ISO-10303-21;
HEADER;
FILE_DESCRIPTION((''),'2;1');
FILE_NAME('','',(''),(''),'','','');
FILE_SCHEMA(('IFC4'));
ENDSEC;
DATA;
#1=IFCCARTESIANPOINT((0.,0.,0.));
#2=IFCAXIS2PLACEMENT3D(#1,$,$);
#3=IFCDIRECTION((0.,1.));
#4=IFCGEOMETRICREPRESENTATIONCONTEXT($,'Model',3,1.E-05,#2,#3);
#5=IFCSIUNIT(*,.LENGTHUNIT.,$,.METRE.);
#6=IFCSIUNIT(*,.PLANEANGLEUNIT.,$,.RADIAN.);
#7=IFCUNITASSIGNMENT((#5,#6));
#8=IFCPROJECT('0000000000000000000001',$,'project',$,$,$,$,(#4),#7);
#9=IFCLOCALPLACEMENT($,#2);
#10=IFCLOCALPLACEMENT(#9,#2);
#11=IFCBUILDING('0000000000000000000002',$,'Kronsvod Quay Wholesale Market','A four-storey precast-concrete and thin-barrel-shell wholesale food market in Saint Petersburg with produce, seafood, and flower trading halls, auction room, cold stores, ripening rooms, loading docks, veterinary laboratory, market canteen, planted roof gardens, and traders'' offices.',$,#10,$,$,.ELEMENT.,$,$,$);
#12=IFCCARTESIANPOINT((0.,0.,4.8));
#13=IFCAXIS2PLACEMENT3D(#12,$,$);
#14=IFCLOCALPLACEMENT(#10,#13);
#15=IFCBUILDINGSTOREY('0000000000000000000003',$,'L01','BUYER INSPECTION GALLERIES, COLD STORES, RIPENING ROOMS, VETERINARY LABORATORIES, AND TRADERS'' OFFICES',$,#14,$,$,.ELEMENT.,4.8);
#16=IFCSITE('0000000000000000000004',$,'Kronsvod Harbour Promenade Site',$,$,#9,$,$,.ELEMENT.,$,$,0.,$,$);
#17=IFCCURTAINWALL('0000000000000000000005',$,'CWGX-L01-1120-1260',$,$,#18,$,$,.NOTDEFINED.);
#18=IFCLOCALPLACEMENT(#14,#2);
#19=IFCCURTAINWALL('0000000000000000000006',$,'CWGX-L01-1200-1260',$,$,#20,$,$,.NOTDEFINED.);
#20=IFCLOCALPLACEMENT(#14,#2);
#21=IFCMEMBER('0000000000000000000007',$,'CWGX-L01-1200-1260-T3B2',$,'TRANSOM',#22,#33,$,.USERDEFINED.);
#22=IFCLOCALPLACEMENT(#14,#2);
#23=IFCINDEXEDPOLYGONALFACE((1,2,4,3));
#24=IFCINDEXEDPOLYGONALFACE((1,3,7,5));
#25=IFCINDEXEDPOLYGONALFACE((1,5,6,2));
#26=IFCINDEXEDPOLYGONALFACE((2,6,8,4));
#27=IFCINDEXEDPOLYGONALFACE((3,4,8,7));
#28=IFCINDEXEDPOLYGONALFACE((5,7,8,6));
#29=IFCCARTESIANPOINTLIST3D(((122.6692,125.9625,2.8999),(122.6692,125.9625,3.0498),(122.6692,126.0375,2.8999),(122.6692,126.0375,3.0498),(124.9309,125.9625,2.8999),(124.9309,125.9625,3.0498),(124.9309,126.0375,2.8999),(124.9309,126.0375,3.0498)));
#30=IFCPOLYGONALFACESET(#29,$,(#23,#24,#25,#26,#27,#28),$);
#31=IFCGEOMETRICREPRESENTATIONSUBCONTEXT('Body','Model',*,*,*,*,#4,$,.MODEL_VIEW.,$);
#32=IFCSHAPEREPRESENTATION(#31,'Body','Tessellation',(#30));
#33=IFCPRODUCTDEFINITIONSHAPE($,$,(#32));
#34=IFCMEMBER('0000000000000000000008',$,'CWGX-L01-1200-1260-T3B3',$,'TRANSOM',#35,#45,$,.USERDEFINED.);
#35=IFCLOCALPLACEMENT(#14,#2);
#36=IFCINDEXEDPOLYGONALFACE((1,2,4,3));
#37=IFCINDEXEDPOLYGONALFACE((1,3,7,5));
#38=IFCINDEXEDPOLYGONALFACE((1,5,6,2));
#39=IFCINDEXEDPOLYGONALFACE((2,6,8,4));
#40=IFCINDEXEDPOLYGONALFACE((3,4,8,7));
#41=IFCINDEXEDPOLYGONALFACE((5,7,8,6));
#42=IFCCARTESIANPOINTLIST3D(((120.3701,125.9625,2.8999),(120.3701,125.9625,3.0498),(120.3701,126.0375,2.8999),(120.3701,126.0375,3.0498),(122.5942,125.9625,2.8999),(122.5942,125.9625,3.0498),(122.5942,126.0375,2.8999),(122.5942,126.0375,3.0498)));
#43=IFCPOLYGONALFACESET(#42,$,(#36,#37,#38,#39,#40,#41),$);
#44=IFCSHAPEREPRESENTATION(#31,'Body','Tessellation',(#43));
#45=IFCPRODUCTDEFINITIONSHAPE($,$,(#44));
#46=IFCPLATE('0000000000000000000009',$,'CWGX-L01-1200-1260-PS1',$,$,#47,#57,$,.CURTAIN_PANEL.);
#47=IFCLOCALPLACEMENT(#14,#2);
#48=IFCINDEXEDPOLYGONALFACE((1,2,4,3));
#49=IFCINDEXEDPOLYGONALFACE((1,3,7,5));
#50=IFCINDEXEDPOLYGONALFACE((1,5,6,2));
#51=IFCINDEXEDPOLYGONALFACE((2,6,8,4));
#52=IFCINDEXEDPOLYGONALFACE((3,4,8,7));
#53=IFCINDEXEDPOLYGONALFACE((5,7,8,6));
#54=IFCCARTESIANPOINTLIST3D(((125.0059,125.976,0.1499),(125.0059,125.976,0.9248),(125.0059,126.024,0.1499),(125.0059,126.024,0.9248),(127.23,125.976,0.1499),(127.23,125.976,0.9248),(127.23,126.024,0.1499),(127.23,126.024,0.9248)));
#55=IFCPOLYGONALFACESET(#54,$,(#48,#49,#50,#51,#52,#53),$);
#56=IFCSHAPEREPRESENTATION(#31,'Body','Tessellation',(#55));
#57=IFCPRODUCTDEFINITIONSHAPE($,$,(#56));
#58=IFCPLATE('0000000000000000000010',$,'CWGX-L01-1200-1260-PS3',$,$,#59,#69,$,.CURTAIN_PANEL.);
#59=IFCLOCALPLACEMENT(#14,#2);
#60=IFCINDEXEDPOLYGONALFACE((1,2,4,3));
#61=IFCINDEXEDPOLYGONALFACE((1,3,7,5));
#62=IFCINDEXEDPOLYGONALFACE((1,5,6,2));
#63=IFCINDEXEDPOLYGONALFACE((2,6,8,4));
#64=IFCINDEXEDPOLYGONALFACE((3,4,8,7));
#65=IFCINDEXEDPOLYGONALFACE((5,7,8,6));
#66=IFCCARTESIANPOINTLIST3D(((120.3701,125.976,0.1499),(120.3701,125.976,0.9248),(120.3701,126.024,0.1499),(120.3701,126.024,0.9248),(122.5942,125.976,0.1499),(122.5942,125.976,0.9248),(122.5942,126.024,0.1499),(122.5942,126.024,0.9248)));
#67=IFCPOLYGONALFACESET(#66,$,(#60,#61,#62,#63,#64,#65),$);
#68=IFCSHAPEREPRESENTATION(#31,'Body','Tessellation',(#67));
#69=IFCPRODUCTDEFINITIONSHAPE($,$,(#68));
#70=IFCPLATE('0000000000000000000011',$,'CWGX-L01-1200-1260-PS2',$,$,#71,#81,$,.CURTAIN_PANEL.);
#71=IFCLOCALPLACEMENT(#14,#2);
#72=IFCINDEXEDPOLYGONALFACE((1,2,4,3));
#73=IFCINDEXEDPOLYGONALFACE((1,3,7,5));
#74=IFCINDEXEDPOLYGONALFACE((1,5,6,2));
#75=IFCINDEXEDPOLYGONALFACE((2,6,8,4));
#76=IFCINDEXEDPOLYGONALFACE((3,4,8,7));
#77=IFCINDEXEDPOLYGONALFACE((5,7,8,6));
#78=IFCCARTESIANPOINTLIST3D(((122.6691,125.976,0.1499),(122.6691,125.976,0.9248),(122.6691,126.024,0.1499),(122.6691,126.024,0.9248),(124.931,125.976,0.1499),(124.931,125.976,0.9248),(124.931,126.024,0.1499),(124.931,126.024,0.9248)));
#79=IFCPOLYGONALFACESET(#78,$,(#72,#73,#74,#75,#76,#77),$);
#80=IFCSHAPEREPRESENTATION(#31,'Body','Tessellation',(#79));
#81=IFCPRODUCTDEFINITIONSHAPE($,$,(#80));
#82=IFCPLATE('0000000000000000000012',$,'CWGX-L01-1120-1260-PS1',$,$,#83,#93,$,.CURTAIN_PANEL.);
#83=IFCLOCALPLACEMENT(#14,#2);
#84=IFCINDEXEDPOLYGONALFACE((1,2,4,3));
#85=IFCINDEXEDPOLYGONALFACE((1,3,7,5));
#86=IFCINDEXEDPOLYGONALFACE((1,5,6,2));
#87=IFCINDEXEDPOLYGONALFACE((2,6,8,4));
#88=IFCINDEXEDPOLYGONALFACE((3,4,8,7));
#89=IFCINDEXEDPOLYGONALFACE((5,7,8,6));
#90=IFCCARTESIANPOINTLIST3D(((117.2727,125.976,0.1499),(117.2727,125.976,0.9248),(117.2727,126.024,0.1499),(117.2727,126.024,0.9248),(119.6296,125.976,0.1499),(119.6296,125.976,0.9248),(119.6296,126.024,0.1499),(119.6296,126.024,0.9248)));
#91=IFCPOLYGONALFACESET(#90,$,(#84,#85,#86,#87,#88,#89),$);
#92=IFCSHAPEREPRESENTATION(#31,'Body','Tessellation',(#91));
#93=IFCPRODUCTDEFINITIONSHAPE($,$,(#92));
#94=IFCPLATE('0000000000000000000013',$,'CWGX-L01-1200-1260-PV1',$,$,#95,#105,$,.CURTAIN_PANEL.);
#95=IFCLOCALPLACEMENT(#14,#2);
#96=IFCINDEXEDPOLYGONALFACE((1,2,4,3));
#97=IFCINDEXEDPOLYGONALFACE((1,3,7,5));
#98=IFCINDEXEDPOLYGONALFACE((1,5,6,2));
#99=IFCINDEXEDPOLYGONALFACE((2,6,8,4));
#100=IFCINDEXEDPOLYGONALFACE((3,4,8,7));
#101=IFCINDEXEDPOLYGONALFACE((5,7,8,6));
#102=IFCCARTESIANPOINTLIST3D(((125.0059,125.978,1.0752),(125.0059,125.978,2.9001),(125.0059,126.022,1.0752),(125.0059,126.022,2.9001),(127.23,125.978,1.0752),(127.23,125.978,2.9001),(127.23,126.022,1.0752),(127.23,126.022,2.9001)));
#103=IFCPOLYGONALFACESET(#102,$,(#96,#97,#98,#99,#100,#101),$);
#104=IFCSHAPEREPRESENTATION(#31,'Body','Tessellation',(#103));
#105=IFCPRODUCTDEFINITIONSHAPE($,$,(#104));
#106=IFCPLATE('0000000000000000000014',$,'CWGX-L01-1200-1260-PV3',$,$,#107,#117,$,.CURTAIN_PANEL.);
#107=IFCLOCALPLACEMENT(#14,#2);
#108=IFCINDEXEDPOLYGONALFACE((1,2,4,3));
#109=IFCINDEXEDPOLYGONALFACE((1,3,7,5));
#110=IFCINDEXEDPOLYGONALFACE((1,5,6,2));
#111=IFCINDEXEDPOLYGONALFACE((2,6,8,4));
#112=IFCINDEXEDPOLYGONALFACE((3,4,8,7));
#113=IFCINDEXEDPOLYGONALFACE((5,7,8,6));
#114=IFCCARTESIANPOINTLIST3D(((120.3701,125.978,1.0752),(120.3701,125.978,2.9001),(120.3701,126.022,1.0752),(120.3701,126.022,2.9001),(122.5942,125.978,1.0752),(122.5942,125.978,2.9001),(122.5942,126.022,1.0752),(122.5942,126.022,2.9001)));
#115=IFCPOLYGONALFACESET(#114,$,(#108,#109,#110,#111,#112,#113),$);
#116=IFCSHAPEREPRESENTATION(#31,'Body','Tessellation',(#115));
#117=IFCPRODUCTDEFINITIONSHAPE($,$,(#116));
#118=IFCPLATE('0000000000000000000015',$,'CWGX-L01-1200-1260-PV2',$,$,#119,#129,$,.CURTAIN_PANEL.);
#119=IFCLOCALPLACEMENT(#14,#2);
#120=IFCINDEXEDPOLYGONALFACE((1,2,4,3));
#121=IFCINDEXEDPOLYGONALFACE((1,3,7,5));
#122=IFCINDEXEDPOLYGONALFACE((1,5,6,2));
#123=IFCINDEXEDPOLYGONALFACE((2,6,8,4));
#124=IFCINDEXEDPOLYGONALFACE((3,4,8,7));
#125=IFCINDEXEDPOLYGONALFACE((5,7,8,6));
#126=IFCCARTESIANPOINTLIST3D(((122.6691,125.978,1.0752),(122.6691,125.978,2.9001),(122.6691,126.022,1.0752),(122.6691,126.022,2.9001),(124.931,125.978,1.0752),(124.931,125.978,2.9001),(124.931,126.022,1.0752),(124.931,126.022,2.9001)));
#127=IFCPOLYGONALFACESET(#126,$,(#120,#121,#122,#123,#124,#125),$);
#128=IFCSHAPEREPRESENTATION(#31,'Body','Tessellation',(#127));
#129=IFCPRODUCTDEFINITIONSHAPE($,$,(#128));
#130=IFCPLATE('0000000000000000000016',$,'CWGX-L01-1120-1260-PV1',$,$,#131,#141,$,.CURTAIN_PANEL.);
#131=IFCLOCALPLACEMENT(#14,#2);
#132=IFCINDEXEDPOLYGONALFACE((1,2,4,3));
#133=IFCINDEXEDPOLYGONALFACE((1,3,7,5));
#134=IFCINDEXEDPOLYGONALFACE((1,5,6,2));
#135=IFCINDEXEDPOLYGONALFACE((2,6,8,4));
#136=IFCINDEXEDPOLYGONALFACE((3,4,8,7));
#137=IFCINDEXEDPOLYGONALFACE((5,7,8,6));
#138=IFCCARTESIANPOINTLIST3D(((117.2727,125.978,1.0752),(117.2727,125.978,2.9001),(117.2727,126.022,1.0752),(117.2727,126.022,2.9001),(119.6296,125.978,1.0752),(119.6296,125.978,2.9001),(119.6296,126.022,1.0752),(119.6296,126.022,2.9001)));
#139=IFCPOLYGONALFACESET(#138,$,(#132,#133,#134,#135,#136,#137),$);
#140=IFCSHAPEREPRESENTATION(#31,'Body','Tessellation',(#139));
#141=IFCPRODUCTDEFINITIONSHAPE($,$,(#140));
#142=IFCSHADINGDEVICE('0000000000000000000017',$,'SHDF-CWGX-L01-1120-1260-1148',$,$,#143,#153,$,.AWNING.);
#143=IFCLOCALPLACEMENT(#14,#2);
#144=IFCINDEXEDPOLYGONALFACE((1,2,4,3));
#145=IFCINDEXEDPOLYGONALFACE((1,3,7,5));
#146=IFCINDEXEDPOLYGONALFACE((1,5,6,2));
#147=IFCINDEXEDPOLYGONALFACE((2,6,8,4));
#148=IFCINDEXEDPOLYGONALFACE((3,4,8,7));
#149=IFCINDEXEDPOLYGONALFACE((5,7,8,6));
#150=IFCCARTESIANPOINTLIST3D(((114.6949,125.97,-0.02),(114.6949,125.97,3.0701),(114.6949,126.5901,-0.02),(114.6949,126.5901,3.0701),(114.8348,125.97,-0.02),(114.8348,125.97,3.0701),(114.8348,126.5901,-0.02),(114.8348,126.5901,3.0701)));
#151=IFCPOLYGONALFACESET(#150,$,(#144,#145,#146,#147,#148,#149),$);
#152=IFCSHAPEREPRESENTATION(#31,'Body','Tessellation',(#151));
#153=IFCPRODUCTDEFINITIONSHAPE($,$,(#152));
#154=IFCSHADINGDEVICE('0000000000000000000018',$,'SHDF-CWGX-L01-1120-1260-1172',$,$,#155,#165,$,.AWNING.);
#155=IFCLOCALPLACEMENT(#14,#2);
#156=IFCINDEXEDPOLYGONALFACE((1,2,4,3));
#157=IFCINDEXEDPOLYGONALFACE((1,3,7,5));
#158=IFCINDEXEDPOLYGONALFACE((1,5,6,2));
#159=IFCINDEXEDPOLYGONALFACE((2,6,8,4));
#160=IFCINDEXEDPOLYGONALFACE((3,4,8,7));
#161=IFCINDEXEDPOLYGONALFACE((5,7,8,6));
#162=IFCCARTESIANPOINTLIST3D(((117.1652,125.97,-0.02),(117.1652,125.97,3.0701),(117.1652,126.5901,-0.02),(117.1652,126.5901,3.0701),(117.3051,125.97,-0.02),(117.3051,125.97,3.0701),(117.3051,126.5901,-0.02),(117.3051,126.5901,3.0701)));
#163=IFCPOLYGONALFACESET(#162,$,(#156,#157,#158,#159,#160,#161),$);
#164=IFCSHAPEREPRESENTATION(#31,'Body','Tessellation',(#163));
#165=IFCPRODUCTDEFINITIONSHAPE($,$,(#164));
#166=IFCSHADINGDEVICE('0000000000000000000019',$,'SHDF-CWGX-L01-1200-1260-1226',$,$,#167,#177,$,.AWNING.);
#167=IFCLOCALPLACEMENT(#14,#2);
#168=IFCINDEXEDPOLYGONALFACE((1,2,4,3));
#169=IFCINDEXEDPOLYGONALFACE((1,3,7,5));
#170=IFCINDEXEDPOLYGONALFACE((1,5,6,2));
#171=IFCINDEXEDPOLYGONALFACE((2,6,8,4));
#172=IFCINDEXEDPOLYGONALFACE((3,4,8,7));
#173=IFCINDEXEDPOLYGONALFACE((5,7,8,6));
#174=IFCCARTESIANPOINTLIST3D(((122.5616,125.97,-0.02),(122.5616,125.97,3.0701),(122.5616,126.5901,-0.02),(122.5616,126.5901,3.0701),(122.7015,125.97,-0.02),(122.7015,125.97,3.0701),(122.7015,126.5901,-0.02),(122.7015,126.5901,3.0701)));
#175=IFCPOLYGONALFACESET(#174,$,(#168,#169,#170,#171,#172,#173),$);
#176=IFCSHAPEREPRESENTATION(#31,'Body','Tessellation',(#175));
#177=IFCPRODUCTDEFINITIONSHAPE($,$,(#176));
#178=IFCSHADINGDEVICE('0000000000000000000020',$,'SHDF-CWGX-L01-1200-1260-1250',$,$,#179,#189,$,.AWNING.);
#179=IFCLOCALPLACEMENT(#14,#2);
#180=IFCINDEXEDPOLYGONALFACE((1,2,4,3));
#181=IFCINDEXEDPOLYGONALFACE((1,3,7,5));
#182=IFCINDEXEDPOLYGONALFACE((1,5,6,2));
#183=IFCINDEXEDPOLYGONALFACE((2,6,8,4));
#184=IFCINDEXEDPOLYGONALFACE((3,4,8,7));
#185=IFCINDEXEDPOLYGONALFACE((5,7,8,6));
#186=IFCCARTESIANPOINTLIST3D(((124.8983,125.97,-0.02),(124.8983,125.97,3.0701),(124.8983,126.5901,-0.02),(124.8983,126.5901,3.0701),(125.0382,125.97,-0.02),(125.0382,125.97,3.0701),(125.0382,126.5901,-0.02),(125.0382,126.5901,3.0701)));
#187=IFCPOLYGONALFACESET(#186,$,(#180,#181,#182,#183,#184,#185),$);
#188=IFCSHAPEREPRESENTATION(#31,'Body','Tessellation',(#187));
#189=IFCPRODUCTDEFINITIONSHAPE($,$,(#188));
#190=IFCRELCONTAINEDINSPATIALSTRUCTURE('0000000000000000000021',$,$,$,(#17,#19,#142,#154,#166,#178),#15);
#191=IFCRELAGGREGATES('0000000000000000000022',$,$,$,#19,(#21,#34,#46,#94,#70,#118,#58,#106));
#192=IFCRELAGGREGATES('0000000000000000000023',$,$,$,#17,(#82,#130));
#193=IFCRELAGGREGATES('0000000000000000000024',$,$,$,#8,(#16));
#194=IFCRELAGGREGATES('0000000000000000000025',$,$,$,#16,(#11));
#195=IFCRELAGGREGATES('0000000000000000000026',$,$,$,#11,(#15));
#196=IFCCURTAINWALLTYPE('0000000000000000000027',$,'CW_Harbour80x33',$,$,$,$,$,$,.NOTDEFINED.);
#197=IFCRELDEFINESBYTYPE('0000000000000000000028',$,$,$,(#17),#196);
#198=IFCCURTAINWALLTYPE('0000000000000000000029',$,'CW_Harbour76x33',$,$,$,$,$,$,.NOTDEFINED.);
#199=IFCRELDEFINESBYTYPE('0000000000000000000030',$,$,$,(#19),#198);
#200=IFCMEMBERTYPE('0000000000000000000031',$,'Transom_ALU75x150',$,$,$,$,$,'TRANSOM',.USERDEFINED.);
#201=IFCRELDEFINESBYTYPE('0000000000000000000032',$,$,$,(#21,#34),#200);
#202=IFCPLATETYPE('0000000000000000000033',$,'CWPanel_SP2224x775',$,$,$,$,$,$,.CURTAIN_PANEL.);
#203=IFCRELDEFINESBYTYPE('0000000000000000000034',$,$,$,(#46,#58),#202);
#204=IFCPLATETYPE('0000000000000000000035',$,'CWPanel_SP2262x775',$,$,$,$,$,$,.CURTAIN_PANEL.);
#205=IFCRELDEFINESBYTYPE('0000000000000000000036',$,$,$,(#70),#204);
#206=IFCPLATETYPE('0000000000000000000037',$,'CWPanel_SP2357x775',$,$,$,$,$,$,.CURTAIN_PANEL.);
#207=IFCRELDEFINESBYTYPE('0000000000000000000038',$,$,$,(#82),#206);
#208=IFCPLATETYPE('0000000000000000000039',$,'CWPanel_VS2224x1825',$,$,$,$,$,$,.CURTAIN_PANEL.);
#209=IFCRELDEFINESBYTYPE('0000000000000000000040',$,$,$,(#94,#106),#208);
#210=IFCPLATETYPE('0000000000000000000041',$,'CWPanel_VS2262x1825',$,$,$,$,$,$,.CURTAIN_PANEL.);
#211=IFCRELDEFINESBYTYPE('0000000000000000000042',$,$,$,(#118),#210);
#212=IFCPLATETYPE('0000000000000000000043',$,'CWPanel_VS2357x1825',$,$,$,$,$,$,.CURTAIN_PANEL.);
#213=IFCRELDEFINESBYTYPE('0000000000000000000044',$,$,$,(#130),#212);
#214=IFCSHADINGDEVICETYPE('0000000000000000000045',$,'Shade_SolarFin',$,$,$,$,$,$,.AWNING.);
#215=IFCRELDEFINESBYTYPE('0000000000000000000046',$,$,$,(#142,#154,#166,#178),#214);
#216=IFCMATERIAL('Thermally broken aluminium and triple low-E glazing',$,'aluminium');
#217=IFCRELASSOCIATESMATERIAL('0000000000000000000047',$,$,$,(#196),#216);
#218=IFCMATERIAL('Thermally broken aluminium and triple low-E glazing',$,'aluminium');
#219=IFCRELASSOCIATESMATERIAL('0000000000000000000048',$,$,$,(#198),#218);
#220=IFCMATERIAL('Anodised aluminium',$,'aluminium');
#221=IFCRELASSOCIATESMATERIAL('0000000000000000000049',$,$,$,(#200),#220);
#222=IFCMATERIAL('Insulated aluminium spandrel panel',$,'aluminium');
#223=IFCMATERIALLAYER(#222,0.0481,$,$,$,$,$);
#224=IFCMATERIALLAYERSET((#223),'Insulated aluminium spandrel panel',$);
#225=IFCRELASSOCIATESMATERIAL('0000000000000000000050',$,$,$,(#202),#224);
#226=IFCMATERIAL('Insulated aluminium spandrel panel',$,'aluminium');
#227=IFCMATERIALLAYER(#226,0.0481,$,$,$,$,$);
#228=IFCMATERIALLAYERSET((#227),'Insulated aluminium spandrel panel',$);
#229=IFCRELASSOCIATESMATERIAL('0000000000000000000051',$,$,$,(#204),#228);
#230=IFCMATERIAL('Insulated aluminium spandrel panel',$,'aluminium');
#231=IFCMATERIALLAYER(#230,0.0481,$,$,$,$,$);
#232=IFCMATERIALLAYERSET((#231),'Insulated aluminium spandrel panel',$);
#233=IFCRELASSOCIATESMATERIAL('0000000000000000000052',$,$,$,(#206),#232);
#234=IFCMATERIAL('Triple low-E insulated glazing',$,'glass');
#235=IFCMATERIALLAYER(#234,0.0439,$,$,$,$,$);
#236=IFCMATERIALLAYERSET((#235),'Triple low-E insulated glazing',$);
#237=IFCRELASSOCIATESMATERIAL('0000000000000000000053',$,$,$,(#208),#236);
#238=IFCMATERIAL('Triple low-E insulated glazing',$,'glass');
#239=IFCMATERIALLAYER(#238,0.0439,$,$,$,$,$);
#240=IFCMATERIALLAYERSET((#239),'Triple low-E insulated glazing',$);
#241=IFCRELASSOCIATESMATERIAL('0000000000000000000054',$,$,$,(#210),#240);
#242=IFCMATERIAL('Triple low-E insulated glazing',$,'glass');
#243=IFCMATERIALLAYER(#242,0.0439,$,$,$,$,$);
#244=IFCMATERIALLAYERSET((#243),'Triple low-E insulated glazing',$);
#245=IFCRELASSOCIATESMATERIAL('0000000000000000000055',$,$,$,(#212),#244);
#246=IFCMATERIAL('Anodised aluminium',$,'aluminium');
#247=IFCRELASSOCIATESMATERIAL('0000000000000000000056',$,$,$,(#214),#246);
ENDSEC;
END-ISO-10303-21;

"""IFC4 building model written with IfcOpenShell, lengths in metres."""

from ifc_helpers import new_model, si_unit, direction, frame, origin, origin_2d, place, context, subcontext, project, spatial, rectangle, extrude, material, layer, layer_set, material_profile, profile_set, type_object, element, aggregate, save


model = new_model("IFC4")

# Units and contexts
model_context = context("Model", 3, precision=1e-05, world=origin(), true_north=direction((0.0, 1.0)))
body_context = subcontext(model_context, "Body", "Model", "MODEL_VIEW")
ifc_project = project(units=[si_unit("LENGTHUNIT", "METRE"), si_unit("PLANEANGLEUNIT", "RADIAN")], contexts=[model_context])

# Site, building, storey
site_placement = place(None, origin())
site = spatial("IfcSite", under=ifc_project, at=site_placement, Name="Kronsvod Harbour Promenade Site", CompositionType="ELEMENT", RefElevation=0.0)
building_placement = place(site_placement, origin())
building = spatial("IfcBuilding", under=site, at=building_placement, Name="Kronsvod Quay Wholesale Market", Description="A four-storey precast-concrete and thin-barrel-shell wholesale food market in Saint Petersburg with produce, seafood, and flower trading halls, auction room, cold stores, ripening rooms, loading docks, veterinary laboratory, market canteen, planted roof gardens, and traders' offices.", CompositionType="ELEMENT")
storey_placement = place(building_placement, frame((0.0, 0.0, 4.8)))
storey = spatial("IfcBuildingStorey", under=building, at=storey_placement, Name="L01", Description="BUYER INSPECTION GALLERIES, COLD STORES, RIPENING ROOMS, VETERINARY LABORATORIES, AND TRADERS' OFFICES", CompositionType="ELEMENT", Elevation=4.8)

# Curtain walls
ifc_material_1 = material(Name="Thermally broken aluminium and triple low-E glazing", Category="aluminium")
curtain_wall_type_1 = type_object("IfcCurtainWallType", Name="CW_Harbour80x33", PredefinedType="NOTDEFINED", material=ifc_material_1)
curtain_wall_1_placement = place(storey_placement, origin())
curtain_wall_1 = element("IfcCurtainWall", 1, at=curtain_wall_1_placement, inside=storey, type_object=curtain_wall_type_1, Name="CWGX-L01-1120-1260", PredefinedType="NOTDEFINED")
ifc_material_2 = material(Name="Thermally broken aluminium and triple low-E glazing", Category="aluminium")
curtain_wall_type_2 = type_object("IfcCurtainWallType", Name="CW_Harbour76x33", PredefinedType="NOTDEFINED", material=ifc_material_2)
curtain_wall_2_placement = place(storey_placement, origin())
curtain_wall_2 = element("IfcCurtainWall", 2, at=curtain_wall_2_placement, inside=storey, type_object=curtain_wall_type_2, Name="CWGX-L01-1200-1260", PredefinedType="NOTDEFINED")

# Members
ifc_material_3 = material(Name="Anodised aluminium", Category="aluminium")
ifc_material_profile_1 = material_profile(ifc_material_3, rectangle(XDim=0.075, YDim=0.1499, at=origin_2d()), Name="ALUT75x150")
ifc_profile_set_1 = profile_set([ifc_material_profile_1], Name="Anodised aluminium")
member_type_1 = type_object("IfcMemberType", Name="Transom_ALU75x150", ElementType="TRANSOM", PredefinedType="USERDEFINED", material=ifc_profile_set_1)
member_1_placement = place(storey_placement, frame((124.9309, 126.0, 2.9749), z_axis=(-1.0, 0.0, 0.0), x_axis=(0.0, -1.0, 0.0)))
member_1 = element("IfcMember", 3, at=member_1_placement, type_object=member_type_1, Name="CWGX-L01-1200-1260-T3B2", ObjectType="TRANSOM", PredefinedType="USERDEFINED", context=body_context, shape_type="SweptSolid", body=[
    extrude(rectangle(XDim=0.075, YDim=0.1499, at=origin_2d()), origin(), (0.0, 0.0, 1.0), 2.2617),
])
member_2_placement = place(storey_placement, frame((122.5942, 126.0, 2.9749), z_axis=(-1.0, 0.0, 0.0), x_axis=(0.0, -1.0, 0.0)))
member_2 = element("IfcMember", 4, at=member_2_placement, type_object=member_type_1, Name="CWGX-L01-1200-1260-T3B3", ObjectType="TRANSOM", PredefinedType="USERDEFINED", context=body_context, shape_type="SweptSolid", body=[
    extrude(rectangle(XDim=0.075, YDim=0.1499, at=origin_2d()), origin(), (0.0, 0.0, 1.0), 2.2241),
])

# Plates
ifc_material_4 = material(Name="Insulated aluminium spandrel panel", Category="aluminium")
ifc_layer_1 = layer(ifc_material_4, 0.0481)
ifc_layer_set_1 = layer_set([ifc_layer_1], Name="Insulated aluminium spandrel panel")
plate_type_1 = type_object("IfcPlateType", Name="CWPanel_SP2224x775", PredefinedType="CURTAIN_PANEL", material=ifc_layer_set_1)
plate_1_placement = place(storey_placement, frame((126.1179, 126.0, 0.1499), z_axis=(0.0, 0.0, 1.0), x_axis=(-1.0, 0.0, 0.0)))
plate_1 = element("IfcPlate", 5, at=plate_1_placement, type_object=plate_type_1, Name="CWGX-L01-1200-1260-PS1", PredefinedType="CURTAIN_PANEL", context=body_context, shape_type="SweptSolid", body=[
    extrude(rectangle(XDim=2.2241, YDim=0.0481, at=origin_2d()), origin(), (0.0, 0.0, 1.0), 0.7749),
])
plate_2_placement = place(storey_placement, frame((121.4822, 126.0, 0.1499), z_axis=(0.0, 0.0, 1.0), x_axis=(-1.0, 0.0, 0.0)))
plate_2 = element("IfcPlate", 6, at=plate_2_placement, type_object=plate_type_1, Name="CWGX-L01-1200-1260-PS3", PredefinedType="CURTAIN_PANEL", context=body_context, shape_type="SweptSolid", body=[
    extrude(rectangle(XDim=2.2241, YDim=0.0481, at=origin_2d()), origin(), (0.0, 0.0, 1.0), 0.7749),
])
ifc_material_5 = material(Name="Insulated aluminium spandrel panel", Category="aluminium")
ifc_layer_2 = layer(ifc_material_5, 0.0481)
ifc_layer_set_2 = layer_set([ifc_layer_2], Name="Insulated aluminium spandrel panel")
plate_type_2 = type_object("IfcPlateType", Name="CWPanel_SP2262x775", PredefinedType="CURTAIN_PANEL", material=ifc_layer_set_2)
plate_3_placement = place(storey_placement, frame((123.8, 126.0, 0.1499), z_axis=(0.0, 0.0, 1.0), x_axis=(-1.0, 0.0, 0.0)))
plate_3 = element("IfcPlate", 7, at=plate_3_placement, type_object=plate_type_2, Name="CWGX-L01-1200-1260-PS2", PredefinedType="CURTAIN_PANEL", context=body_context, shape_type="SweptSolid", body=[
    extrude(rectangle(XDim=2.262, YDim=0.0481, at=origin_2d()), origin(), (0.0, 0.0, 1.0), 0.7749),
])
ifc_material_6 = material(Name="Insulated aluminium spandrel panel", Category="aluminium")
ifc_layer_3 = layer(ifc_material_6, 0.0481)
ifc_layer_set_3 = layer_set([ifc_layer_3], Name="Insulated aluminium spandrel panel")
plate_type_3 = type_object("IfcPlateType", Name="CWPanel_SP2357x775", PredefinedType="CURTAIN_PANEL", material=ifc_layer_set_3)
plate_4_placement = place(storey_placement, frame((118.4512, 126.0, 0.1499), z_axis=(0.0, 0.0, 1.0), x_axis=(-1.0, 0.0, 0.0)))
plate_4 = element("IfcPlate", 8, at=plate_4_placement, type_object=plate_type_3, Name="CWGX-L01-1120-1260-PS1", PredefinedType="CURTAIN_PANEL", context=body_context, shape_type="SweptSolid", body=[
    extrude(rectangle(XDim=2.3569, YDim=0.0481, at=origin_2d()), origin(), (0.0, 0.0, 1.0), 0.7749),
])
ifc_material_7 = material(Name="Triple low-E insulated glazing", Category="glass")
ifc_layer_4 = layer(ifc_material_7, 0.0439)
ifc_layer_set_4 = layer_set([ifc_layer_4], Name="Triple low-E insulated glazing")
plate_type_4 = type_object("IfcPlateType", Name="CWPanel_VS2224x1825", PredefinedType="CURTAIN_PANEL", material=ifc_layer_set_4)
plate_5_placement = place(storey_placement, frame((126.1179, 126.0, 1.0752), z_axis=(0.0, 0.0, 1.0), x_axis=(-1.0, 0.0, 0.0)))
plate_5 = element("IfcPlate", 9, at=plate_5_placement, type_object=plate_type_4, Name="CWGX-L01-1200-1260-PV1", PredefinedType="CURTAIN_PANEL", context=body_context, shape_type="SweptSolid", body=[
    extrude(rectangle(XDim=2.2241, YDim=0.0439, at=origin_2d()), origin(), (0.0, 0.0, 1.0), 1.825),
])
plate_6_placement = place(storey_placement, frame((121.4822, 126.0, 1.0752), z_axis=(0.0, 0.0, 1.0), x_axis=(-1.0, 0.0, 0.0)))
plate_6 = element("IfcPlate", 10, at=plate_6_placement, type_object=plate_type_4, Name="CWGX-L01-1200-1260-PV3", PredefinedType="CURTAIN_PANEL", context=body_context, shape_type="SweptSolid", body=[
    extrude(rectangle(XDim=2.2241, YDim=0.0439, at=origin_2d()), origin(), (0.0, 0.0, 1.0), 1.825),
])
ifc_material_8 = material(Name="Triple low-E insulated glazing", Category="glass")
ifc_layer_5 = layer(ifc_material_8, 0.0439)
ifc_layer_set_5 = layer_set([ifc_layer_5], Name="Triple low-E insulated glazing")
plate_type_5 = type_object("IfcPlateType", Name="CWPanel_VS2262x1825", PredefinedType="CURTAIN_PANEL", material=ifc_layer_set_5)
plate_7_placement = place(storey_placement, frame((123.8, 126.0, 1.0752), z_axis=(0.0, 0.0, 1.0), x_axis=(-1.0, 0.0, 0.0)))
plate_7 = element("IfcPlate", 11, at=plate_7_placement, type_object=plate_type_5, Name="CWGX-L01-1200-1260-PV2", PredefinedType="CURTAIN_PANEL", context=body_context, shape_type="SweptSolid", body=[
    extrude(rectangle(XDim=2.262, YDim=0.0439, at=origin_2d()), origin(), (0.0, 0.0, 1.0), 1.825),
])
aggregate(curtain_wall_2, [member_1, member_2, plate_1, plate_5, plate_3, plate_7, plate_2, plate_6])
ifc_material_9 = material(Name="Triple low-E insulated glazing", Category="glass")
ifc_layer_6 = layer(ifc_material_9, 0.0439)
ifc_layer_set_6 = layer_set([ifc_layer_6], Name="Triple low-E insulated glazing")
plate_type_6 = type_object("IfcPlateType", Name="CWPanel_VS2357x1825", PredefinedType="CURTAIN_PANEL", material=ifc_layer_set_6)
plate_8_placement = place(storey_placement, frame((118.4512, 126.0, 1.0752), z_axis=(0.0, 0.0, 1.0), x_axis=(-1.0, 0.0, 0.0)))
plate_8 = element("IfcPlate", 12, at=plate_8_placement, type_object=plate_type_6, Name="CWGX-L01-1120-1260-PV1", PredefinedType="CURTAIN_PANEL", context=body_context, shape_type="SweptSolid", body=[
    extrude(rectangle(XDim=2.3569, YDim=0.0439, at=origin_2d()), origin(), (0.0, 0.0, 1.0), 1.825),
])
aggregate(curtain_wall_1, [plate_4, plate_8])

# Shading devices
ifc_material_10 = material(Name="Anodised aluminium", Category="aluminium")
shading_device_type_1 = type_object("IfcShadingDeviceType", Name="Shade_SolarFin", PredefinedType="AWNING", material=ifc_material_10)
for number, where, z_axis, x_axis, name in (
    (13, (114.7649, 126.28, -0.02), (0.0, 0.0, 1.0), (1.0, 0.0, 0.0), "SHDF-CWGX-L01-1120-1260-1148"),
    (14, (117.2351, 126.28, -0.02), (0.0, 0.0, 1.0), (1.0, 0.0, 0.0), "SHDF-CWGX-L01-1120-1260-1172"),
    (15, (122.6316, 126.28, -0.02), (0.0, 0.0, 1.0), (1.0, 0.0, 0.0), "SHDF-CWGX-L01-1200-1260-1226"),
    (16, (124.9683, 126.28, -0.02), (0.0, 0.0, 1.0), (1.0, 0.0, 0.0), "SHDF-CWGX-L01-1200-1260-1250"),
):
    element("IfcShadingDevice", number, at=place(storey_placement, frame(where, z_axis=z_axis, x_axis=x_axis)), inside=storey, type_object=shading_device_type_1, Name=name, PredefinedType="AWNING", context=body_context, shape_type="SweptSolid", body=[
        extrude(rectangle(XDim=0.1399, YDim=0.6201, at=origin_2d()), origin(), (0.0, 0.0, 1.0), 3.0901),
    ])

save(model, "model.ifc")
